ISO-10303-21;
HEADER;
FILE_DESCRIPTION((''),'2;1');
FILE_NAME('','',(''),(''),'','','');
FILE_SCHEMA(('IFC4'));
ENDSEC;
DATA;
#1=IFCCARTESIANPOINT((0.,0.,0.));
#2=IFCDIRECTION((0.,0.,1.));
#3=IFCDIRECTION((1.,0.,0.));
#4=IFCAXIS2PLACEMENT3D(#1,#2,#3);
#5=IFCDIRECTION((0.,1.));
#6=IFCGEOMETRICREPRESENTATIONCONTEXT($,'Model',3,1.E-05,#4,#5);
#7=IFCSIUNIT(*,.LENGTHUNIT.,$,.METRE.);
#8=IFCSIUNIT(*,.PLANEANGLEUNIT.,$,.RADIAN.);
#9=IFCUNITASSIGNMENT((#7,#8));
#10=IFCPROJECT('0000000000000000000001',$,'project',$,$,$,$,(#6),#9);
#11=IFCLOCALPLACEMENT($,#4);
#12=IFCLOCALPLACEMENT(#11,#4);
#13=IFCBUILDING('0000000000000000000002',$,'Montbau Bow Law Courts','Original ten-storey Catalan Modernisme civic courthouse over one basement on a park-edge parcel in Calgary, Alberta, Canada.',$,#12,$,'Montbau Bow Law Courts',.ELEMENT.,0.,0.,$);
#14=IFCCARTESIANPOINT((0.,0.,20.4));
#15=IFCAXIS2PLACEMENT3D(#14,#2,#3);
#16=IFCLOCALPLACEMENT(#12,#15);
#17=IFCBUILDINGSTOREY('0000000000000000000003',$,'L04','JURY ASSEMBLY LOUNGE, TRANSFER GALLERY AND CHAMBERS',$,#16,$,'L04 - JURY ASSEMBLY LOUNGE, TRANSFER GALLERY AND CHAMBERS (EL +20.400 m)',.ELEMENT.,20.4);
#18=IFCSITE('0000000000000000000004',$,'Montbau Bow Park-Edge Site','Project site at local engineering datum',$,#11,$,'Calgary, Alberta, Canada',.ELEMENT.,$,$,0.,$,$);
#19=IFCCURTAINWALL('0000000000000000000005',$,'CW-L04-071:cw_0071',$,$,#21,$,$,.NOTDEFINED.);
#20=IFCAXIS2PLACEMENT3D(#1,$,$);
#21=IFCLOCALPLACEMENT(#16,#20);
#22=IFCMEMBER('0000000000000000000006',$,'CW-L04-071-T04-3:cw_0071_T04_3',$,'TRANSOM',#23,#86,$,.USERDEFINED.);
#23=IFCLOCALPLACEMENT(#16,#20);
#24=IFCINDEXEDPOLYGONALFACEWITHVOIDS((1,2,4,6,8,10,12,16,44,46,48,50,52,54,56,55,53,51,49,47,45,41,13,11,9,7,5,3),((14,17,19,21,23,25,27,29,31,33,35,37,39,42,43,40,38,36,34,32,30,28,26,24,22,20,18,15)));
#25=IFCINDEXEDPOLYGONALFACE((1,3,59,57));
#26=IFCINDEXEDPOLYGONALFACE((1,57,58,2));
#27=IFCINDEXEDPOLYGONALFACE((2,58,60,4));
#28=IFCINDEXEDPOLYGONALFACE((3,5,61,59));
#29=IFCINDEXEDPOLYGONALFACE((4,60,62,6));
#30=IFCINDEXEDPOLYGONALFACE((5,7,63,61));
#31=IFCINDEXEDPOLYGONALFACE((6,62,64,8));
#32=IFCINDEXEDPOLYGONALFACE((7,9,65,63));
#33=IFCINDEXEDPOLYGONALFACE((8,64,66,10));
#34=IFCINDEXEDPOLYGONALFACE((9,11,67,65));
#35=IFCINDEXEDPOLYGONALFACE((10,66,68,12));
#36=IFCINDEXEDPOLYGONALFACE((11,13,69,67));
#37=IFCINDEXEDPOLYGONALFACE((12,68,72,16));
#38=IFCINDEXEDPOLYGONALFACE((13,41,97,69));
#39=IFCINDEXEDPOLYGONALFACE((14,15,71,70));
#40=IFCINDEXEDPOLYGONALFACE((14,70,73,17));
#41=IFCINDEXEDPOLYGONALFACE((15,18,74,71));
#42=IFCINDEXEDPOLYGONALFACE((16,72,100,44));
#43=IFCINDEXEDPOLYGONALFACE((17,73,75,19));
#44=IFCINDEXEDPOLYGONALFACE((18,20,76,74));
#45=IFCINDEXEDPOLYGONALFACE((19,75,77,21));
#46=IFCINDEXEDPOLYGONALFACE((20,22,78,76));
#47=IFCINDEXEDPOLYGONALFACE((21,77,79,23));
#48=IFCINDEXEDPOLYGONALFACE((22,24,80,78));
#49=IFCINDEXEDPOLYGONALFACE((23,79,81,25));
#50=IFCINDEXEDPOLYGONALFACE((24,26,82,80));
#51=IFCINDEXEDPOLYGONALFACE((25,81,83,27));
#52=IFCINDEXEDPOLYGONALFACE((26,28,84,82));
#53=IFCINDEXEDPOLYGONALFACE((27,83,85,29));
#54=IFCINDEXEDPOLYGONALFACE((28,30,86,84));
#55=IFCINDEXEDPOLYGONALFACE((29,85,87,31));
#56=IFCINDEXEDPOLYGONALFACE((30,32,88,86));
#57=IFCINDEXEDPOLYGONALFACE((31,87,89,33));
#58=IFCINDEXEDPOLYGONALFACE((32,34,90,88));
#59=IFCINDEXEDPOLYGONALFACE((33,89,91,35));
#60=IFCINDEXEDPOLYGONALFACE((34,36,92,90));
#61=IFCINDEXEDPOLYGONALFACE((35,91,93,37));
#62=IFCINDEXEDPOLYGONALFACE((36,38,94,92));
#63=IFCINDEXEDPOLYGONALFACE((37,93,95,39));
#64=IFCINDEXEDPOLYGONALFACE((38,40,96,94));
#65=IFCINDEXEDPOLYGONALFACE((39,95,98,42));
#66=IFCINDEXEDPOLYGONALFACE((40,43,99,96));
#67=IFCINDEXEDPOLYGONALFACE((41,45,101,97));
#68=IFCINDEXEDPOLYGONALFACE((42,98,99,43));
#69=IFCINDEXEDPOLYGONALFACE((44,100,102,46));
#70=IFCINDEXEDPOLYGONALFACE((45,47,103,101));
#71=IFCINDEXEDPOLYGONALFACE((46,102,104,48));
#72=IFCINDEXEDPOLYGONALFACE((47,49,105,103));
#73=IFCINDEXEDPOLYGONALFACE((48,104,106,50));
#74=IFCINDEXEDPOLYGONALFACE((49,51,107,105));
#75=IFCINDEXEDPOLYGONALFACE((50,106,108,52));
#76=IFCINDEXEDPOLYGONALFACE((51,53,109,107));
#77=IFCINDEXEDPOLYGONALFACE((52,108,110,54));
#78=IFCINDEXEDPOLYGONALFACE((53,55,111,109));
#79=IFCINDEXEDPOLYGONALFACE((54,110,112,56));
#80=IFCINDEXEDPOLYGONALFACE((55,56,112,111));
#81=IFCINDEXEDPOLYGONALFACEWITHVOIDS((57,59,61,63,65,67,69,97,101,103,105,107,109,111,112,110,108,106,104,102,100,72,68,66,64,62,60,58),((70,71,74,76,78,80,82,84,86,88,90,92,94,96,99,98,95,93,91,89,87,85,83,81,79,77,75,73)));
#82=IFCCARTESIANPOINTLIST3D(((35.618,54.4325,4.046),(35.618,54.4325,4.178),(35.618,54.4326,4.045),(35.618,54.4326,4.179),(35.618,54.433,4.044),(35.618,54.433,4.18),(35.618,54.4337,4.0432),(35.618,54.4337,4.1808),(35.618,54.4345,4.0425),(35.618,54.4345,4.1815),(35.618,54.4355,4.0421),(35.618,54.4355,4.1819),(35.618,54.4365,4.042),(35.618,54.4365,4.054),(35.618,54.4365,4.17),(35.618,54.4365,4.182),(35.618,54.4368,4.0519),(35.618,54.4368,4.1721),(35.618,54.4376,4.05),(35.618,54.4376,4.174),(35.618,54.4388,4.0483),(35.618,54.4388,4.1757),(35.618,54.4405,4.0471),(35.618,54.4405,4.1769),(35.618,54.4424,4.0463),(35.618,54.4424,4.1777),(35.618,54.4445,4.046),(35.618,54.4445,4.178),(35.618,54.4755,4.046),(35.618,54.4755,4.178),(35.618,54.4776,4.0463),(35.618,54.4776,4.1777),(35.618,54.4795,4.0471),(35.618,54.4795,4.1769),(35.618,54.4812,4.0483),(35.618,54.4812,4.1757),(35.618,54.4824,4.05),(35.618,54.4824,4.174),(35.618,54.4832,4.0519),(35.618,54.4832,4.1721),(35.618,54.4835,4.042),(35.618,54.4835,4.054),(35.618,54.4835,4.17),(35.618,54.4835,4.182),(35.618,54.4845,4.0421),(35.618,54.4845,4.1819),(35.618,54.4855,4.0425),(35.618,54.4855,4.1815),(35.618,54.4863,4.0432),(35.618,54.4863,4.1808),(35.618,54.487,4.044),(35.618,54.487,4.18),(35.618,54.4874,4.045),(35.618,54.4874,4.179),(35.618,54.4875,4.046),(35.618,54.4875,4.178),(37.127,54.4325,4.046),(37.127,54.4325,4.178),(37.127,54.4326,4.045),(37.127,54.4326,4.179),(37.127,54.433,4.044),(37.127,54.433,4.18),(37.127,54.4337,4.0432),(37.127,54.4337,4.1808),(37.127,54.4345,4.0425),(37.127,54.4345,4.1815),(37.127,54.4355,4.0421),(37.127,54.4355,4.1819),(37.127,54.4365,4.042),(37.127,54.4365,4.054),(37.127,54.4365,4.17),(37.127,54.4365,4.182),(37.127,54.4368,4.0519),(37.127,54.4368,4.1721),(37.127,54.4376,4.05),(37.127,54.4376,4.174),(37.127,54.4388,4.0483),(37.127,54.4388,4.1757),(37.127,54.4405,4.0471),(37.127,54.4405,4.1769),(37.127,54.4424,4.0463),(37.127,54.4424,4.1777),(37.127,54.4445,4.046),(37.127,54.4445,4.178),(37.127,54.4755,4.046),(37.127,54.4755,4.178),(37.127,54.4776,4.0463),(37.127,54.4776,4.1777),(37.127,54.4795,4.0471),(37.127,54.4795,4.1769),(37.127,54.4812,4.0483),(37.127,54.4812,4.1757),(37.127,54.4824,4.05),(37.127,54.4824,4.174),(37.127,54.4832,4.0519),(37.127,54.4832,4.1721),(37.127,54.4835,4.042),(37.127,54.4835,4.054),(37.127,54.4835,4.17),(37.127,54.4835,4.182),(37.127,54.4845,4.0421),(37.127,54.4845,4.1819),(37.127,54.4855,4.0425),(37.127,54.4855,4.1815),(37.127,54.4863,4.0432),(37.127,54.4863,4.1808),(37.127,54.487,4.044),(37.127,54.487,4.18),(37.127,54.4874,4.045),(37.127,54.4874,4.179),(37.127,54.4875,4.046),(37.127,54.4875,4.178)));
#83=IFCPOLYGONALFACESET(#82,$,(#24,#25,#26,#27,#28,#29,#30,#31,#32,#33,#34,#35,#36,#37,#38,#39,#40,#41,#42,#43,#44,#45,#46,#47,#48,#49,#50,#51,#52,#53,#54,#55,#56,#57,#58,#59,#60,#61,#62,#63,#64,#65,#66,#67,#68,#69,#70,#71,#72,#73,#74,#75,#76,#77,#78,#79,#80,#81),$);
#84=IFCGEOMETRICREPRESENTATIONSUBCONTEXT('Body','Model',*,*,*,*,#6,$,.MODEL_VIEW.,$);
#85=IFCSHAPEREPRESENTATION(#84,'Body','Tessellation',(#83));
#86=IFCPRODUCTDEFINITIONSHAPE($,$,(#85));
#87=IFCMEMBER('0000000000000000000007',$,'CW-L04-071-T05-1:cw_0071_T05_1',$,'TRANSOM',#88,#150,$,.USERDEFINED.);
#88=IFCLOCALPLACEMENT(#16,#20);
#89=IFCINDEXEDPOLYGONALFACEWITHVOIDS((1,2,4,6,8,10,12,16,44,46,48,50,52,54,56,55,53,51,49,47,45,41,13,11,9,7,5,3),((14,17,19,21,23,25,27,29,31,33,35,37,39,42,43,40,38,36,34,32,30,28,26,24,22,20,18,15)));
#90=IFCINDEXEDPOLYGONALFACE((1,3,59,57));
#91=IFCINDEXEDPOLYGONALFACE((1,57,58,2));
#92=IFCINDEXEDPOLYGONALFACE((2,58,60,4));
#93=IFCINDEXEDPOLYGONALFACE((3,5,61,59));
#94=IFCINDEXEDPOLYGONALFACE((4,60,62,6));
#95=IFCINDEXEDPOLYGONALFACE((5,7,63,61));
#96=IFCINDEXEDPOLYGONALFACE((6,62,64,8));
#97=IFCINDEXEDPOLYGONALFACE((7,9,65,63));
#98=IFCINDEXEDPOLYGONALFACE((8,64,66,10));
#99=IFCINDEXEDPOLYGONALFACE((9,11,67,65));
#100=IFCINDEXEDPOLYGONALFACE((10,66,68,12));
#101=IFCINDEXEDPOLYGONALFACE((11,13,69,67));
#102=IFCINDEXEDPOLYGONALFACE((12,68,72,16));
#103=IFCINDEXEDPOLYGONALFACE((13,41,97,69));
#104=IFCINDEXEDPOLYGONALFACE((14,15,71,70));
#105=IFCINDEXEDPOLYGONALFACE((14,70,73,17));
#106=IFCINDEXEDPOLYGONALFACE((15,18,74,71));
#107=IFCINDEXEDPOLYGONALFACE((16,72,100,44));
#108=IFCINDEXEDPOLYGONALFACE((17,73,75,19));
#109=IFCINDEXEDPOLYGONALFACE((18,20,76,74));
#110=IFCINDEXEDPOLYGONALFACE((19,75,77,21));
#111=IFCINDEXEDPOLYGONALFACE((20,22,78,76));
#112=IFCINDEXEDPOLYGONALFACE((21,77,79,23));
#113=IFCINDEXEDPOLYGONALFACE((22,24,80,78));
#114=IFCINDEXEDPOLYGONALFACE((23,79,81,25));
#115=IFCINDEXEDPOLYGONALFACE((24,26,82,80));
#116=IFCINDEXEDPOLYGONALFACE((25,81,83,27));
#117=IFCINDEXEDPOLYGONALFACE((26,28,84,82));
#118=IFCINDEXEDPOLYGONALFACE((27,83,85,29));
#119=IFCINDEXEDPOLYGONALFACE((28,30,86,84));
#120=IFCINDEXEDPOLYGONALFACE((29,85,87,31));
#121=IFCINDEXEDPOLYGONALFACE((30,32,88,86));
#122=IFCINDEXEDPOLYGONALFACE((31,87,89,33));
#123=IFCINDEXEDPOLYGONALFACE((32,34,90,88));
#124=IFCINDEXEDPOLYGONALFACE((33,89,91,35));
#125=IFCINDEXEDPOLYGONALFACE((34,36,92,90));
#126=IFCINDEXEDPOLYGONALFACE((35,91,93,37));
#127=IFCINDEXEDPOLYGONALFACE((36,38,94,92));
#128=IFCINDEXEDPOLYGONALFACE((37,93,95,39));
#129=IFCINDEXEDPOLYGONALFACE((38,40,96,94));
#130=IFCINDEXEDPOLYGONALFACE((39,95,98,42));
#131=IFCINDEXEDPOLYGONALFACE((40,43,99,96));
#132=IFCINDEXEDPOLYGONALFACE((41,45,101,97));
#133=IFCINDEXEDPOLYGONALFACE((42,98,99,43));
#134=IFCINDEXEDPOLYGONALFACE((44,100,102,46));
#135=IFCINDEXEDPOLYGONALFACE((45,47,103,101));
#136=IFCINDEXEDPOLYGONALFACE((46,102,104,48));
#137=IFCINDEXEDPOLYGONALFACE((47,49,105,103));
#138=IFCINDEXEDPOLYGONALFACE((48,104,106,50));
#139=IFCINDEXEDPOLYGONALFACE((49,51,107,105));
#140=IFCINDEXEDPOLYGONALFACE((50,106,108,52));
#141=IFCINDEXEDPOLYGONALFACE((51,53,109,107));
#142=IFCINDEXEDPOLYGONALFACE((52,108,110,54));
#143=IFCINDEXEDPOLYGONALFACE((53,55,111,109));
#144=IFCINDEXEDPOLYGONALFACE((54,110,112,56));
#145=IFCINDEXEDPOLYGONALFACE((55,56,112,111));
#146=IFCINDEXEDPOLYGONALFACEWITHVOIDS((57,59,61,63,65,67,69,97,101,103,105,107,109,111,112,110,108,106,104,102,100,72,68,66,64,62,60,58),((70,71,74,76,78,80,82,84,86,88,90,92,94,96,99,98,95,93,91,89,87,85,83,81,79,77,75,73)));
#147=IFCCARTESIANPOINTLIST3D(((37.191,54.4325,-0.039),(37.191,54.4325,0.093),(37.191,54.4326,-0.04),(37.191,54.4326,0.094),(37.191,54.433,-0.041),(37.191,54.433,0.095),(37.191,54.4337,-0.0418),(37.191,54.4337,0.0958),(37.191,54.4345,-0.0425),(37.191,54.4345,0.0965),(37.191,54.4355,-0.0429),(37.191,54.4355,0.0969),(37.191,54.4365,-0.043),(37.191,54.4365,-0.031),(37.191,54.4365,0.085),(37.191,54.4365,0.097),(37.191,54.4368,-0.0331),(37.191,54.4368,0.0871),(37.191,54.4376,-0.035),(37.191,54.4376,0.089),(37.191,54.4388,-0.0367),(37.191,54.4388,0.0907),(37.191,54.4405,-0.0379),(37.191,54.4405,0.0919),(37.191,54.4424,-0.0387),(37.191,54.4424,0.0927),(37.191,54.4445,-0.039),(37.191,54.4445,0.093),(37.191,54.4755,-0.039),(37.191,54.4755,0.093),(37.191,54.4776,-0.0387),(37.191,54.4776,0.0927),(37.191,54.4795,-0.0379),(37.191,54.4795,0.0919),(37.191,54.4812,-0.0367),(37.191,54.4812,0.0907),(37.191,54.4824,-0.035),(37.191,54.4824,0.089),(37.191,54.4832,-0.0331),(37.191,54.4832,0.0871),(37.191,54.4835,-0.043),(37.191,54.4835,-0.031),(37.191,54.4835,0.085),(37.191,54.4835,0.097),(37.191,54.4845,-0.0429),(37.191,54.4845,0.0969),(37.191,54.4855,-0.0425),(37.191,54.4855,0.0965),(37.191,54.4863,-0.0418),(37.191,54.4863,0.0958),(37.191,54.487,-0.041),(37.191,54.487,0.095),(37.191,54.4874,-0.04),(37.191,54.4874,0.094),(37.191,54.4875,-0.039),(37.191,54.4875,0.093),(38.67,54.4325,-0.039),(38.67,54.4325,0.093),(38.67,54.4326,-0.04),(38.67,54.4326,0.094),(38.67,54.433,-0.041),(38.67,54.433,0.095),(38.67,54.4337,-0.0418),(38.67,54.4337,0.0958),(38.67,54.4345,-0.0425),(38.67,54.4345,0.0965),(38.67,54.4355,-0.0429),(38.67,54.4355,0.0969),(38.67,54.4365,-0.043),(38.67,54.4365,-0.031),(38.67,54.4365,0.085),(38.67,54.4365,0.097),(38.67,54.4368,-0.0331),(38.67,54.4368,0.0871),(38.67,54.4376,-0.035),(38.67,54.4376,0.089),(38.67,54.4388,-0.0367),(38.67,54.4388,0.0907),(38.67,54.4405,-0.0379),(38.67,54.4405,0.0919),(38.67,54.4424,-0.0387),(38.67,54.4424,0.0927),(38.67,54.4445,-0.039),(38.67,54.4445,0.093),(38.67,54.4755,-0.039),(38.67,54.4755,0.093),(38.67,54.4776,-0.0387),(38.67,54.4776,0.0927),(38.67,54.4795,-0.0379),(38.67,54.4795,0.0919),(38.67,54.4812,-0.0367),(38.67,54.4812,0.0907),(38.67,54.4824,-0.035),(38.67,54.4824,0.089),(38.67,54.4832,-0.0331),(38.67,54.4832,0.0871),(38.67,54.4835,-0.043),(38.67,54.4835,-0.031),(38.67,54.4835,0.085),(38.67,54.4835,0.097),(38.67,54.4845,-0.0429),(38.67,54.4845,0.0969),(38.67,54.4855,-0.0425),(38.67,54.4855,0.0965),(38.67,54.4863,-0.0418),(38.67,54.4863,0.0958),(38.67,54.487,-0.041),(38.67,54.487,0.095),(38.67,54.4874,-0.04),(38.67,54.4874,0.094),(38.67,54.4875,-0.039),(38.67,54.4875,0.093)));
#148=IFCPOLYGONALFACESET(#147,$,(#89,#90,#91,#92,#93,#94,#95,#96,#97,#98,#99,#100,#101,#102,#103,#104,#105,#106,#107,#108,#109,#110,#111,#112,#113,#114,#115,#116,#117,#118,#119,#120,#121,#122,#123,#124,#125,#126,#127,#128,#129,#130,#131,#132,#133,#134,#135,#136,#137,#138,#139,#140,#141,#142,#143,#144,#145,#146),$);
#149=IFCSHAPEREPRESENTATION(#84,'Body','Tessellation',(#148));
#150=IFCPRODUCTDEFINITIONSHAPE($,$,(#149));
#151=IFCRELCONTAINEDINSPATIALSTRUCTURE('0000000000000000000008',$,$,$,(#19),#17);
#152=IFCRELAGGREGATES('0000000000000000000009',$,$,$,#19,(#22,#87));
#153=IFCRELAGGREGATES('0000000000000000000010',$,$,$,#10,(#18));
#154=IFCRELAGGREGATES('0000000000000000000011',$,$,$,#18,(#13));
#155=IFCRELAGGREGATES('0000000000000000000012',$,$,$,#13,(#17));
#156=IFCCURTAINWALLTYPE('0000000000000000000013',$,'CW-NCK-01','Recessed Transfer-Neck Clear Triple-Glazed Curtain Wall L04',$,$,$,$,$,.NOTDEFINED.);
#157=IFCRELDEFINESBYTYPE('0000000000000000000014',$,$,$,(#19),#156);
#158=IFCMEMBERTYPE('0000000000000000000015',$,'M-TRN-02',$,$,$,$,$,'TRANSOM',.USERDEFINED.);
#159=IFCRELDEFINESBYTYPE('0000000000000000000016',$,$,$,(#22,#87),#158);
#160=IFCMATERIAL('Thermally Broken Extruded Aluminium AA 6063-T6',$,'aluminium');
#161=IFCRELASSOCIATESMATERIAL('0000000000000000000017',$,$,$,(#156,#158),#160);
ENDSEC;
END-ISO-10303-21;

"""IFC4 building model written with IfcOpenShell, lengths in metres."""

from ifc_helpers import new_model, si_unit, direction, frame, origin_with_axes, origin_2d_with_axis, place, context, subcontext, project, spatial, hollow_rectangle, extrude, material, material_profile, profile_set, type_object, element, aggregate, save


model = new_model("IFC4")

# Units and contexts
model_context = context("Model", 3, precision=1e-05, world=origin_with_axes(), true_north=direction((0.0, 1.0)))
body_context = subcontext(model_context, "Body", "Model", "MODEL_VIEW")
ifc_project = project(units=[si_unit("LENGTHUNIT", "METRE"), si_unit("PLANEANGLEUNIT", "RADIAN")], contexts=[model_context])

# Site, building, storey
site_placement = place(None, origin_with_axes())
site = spatial("IfcSite", under=ifc_project, at=site_placement, Name="Montbau Bow Park-Edge Site", Description="Project site at local engineering datum", LongName="Calgary, Alberta, Canada", CompositionType="ELEMENT", RefElevation=0.0)
building_placement = place(site_placement, origin_with_axes())
building = spatial("IfcBuilding", under=site, at=building_placement, Name="Montbau Bow Law Courts", Description="Original ten-storey Catalan Modernisme civic courthouse over one basement on a park-edge parcel in Calgary, Alberta, Canada.", LongName="Montbau Bow Law Courts", CompositionType="ELEMENT", ElevationOfRefHeight=0.0, ElevationOfTerrain=0.0)
storey_placement = place(building_placement, frame((0.0, 0.0, 20.4), z_axis=(0.0, 0.0, 1.0), x_axis=(1.0, 0.0, 0.0)))
storey = spatial("IfcBuildingStorey", under=building, at=storey_placement, Name="L04", Description="JURY ASSEMBLY LOUNGE, TRANSFER GALLERY AND CHAMBERS", LongName="L04 - JURY ASSEMBLY LOUNGE, TRANSFER GALLERY AND CHAMBERS (EL +20.400 m)", CompositionType="ELEMENT", Elevation=20.4)

# Curtain wall, members
ifc_material_1 = material(Name="Thermally Broken Extruded Aluminium AA 6063-T6", Category="aluminium")
curtain_wall_type = type_object("IfcCurtainWallType", Name="CW-NCK-01", Description="Recessed Transfer-Neck Clear Triple-Glazed Curtain Wall L04", PredefinedType="NOTDEFINED", material=ifc_material_1)
curtain_wall_placement = place(None, frame((30.867, 54.46, 20.4), z_axis=(0.0, 0.0, 1.0), x_axis=(1.0, 0.0, 0.0)))
curtain_wall = element("IfcCurtainWall", 1, at=curtain_wall_placement, inside=storey, type_object=curtain_wall_type, Name="CW-L04-071:cw_0071", PredefinedType="NOTDEFINED")
ifc_material_profile_1 = material_profile(ifc_material_1, hollow_rectangle(XDim=0.055, YDim=0.14, WallThickness=0.004, InnerFilletRadius=0.008, OuterFilletRadius=0.004, at=origin_2d_with_axis()), Name="CWT-140X55", Category="Main", Priority=0)
ifc_profile_set_1 = profile_set([ifc_material_profile_1], Name="Thermally Broken Extruded Aluminium AA 6063-T6")
member_type_1 = type_object("IfcMemberType", Name="M-TRN-02", ElementType="TRANSOM", PredefinedType="USERDEFINED", material=ifc_profile_set_1)
member_1_placement = place(None, frame((35.618, 54.46, 24.512), z_axis=(1.0, 0.0, 0.0), x_axis=(0.0, 1.0, 0.0)))
member_1 = element("IfcMember", 2, at=member_1_placement, type_object=member_type_1, Name="CW-L04-071-T04-3:cw_0071_T04_3", ObjectType="TRANSOM", PredefinedType="USERDEFINED", context=body_context, shape_type="SweptSolid", body=[
    extrude(hollow_rectangle(XDim=0.055, YDim=0.14, WallThickness=0.004, InnerFilletRadius=0.008, OuterFilletRadius=0.004, at=origin_2d_with_axis()), origin_with_axes(), (0.0, 0.0, 1.0), 1.509),
])
member_2_placement = place(None, frame((37.191, 54.46, 20.427), z_axis=(1.0, 0.0, 0.0), x_axis=(0.0, 1.0, 0.0)))
member_2 = element("IfcMember", 3, at=member_2_placement, type_object=member_type_1, Name="CW-L04-071-T05-1:cw_0071_T05_1", ObjectType="TRANSOM", PredefinedType="USERDEFINED", context=body_context, shape_type="SweptSolid", body=[
    extrude(hollow_rectangle(XDim=0.055, YDim=0.14, WallThickness=0.004, InnerFilletRadius=0.008, OuterFilletRadius=0.004, at=origin_2d_with_axis()), origin_with_axes(), (0.0, 0.0, 1.0), 1.479),
])
aggregate(curtain_wall, [member_1, member_2])

save(model, "model.ifc")
